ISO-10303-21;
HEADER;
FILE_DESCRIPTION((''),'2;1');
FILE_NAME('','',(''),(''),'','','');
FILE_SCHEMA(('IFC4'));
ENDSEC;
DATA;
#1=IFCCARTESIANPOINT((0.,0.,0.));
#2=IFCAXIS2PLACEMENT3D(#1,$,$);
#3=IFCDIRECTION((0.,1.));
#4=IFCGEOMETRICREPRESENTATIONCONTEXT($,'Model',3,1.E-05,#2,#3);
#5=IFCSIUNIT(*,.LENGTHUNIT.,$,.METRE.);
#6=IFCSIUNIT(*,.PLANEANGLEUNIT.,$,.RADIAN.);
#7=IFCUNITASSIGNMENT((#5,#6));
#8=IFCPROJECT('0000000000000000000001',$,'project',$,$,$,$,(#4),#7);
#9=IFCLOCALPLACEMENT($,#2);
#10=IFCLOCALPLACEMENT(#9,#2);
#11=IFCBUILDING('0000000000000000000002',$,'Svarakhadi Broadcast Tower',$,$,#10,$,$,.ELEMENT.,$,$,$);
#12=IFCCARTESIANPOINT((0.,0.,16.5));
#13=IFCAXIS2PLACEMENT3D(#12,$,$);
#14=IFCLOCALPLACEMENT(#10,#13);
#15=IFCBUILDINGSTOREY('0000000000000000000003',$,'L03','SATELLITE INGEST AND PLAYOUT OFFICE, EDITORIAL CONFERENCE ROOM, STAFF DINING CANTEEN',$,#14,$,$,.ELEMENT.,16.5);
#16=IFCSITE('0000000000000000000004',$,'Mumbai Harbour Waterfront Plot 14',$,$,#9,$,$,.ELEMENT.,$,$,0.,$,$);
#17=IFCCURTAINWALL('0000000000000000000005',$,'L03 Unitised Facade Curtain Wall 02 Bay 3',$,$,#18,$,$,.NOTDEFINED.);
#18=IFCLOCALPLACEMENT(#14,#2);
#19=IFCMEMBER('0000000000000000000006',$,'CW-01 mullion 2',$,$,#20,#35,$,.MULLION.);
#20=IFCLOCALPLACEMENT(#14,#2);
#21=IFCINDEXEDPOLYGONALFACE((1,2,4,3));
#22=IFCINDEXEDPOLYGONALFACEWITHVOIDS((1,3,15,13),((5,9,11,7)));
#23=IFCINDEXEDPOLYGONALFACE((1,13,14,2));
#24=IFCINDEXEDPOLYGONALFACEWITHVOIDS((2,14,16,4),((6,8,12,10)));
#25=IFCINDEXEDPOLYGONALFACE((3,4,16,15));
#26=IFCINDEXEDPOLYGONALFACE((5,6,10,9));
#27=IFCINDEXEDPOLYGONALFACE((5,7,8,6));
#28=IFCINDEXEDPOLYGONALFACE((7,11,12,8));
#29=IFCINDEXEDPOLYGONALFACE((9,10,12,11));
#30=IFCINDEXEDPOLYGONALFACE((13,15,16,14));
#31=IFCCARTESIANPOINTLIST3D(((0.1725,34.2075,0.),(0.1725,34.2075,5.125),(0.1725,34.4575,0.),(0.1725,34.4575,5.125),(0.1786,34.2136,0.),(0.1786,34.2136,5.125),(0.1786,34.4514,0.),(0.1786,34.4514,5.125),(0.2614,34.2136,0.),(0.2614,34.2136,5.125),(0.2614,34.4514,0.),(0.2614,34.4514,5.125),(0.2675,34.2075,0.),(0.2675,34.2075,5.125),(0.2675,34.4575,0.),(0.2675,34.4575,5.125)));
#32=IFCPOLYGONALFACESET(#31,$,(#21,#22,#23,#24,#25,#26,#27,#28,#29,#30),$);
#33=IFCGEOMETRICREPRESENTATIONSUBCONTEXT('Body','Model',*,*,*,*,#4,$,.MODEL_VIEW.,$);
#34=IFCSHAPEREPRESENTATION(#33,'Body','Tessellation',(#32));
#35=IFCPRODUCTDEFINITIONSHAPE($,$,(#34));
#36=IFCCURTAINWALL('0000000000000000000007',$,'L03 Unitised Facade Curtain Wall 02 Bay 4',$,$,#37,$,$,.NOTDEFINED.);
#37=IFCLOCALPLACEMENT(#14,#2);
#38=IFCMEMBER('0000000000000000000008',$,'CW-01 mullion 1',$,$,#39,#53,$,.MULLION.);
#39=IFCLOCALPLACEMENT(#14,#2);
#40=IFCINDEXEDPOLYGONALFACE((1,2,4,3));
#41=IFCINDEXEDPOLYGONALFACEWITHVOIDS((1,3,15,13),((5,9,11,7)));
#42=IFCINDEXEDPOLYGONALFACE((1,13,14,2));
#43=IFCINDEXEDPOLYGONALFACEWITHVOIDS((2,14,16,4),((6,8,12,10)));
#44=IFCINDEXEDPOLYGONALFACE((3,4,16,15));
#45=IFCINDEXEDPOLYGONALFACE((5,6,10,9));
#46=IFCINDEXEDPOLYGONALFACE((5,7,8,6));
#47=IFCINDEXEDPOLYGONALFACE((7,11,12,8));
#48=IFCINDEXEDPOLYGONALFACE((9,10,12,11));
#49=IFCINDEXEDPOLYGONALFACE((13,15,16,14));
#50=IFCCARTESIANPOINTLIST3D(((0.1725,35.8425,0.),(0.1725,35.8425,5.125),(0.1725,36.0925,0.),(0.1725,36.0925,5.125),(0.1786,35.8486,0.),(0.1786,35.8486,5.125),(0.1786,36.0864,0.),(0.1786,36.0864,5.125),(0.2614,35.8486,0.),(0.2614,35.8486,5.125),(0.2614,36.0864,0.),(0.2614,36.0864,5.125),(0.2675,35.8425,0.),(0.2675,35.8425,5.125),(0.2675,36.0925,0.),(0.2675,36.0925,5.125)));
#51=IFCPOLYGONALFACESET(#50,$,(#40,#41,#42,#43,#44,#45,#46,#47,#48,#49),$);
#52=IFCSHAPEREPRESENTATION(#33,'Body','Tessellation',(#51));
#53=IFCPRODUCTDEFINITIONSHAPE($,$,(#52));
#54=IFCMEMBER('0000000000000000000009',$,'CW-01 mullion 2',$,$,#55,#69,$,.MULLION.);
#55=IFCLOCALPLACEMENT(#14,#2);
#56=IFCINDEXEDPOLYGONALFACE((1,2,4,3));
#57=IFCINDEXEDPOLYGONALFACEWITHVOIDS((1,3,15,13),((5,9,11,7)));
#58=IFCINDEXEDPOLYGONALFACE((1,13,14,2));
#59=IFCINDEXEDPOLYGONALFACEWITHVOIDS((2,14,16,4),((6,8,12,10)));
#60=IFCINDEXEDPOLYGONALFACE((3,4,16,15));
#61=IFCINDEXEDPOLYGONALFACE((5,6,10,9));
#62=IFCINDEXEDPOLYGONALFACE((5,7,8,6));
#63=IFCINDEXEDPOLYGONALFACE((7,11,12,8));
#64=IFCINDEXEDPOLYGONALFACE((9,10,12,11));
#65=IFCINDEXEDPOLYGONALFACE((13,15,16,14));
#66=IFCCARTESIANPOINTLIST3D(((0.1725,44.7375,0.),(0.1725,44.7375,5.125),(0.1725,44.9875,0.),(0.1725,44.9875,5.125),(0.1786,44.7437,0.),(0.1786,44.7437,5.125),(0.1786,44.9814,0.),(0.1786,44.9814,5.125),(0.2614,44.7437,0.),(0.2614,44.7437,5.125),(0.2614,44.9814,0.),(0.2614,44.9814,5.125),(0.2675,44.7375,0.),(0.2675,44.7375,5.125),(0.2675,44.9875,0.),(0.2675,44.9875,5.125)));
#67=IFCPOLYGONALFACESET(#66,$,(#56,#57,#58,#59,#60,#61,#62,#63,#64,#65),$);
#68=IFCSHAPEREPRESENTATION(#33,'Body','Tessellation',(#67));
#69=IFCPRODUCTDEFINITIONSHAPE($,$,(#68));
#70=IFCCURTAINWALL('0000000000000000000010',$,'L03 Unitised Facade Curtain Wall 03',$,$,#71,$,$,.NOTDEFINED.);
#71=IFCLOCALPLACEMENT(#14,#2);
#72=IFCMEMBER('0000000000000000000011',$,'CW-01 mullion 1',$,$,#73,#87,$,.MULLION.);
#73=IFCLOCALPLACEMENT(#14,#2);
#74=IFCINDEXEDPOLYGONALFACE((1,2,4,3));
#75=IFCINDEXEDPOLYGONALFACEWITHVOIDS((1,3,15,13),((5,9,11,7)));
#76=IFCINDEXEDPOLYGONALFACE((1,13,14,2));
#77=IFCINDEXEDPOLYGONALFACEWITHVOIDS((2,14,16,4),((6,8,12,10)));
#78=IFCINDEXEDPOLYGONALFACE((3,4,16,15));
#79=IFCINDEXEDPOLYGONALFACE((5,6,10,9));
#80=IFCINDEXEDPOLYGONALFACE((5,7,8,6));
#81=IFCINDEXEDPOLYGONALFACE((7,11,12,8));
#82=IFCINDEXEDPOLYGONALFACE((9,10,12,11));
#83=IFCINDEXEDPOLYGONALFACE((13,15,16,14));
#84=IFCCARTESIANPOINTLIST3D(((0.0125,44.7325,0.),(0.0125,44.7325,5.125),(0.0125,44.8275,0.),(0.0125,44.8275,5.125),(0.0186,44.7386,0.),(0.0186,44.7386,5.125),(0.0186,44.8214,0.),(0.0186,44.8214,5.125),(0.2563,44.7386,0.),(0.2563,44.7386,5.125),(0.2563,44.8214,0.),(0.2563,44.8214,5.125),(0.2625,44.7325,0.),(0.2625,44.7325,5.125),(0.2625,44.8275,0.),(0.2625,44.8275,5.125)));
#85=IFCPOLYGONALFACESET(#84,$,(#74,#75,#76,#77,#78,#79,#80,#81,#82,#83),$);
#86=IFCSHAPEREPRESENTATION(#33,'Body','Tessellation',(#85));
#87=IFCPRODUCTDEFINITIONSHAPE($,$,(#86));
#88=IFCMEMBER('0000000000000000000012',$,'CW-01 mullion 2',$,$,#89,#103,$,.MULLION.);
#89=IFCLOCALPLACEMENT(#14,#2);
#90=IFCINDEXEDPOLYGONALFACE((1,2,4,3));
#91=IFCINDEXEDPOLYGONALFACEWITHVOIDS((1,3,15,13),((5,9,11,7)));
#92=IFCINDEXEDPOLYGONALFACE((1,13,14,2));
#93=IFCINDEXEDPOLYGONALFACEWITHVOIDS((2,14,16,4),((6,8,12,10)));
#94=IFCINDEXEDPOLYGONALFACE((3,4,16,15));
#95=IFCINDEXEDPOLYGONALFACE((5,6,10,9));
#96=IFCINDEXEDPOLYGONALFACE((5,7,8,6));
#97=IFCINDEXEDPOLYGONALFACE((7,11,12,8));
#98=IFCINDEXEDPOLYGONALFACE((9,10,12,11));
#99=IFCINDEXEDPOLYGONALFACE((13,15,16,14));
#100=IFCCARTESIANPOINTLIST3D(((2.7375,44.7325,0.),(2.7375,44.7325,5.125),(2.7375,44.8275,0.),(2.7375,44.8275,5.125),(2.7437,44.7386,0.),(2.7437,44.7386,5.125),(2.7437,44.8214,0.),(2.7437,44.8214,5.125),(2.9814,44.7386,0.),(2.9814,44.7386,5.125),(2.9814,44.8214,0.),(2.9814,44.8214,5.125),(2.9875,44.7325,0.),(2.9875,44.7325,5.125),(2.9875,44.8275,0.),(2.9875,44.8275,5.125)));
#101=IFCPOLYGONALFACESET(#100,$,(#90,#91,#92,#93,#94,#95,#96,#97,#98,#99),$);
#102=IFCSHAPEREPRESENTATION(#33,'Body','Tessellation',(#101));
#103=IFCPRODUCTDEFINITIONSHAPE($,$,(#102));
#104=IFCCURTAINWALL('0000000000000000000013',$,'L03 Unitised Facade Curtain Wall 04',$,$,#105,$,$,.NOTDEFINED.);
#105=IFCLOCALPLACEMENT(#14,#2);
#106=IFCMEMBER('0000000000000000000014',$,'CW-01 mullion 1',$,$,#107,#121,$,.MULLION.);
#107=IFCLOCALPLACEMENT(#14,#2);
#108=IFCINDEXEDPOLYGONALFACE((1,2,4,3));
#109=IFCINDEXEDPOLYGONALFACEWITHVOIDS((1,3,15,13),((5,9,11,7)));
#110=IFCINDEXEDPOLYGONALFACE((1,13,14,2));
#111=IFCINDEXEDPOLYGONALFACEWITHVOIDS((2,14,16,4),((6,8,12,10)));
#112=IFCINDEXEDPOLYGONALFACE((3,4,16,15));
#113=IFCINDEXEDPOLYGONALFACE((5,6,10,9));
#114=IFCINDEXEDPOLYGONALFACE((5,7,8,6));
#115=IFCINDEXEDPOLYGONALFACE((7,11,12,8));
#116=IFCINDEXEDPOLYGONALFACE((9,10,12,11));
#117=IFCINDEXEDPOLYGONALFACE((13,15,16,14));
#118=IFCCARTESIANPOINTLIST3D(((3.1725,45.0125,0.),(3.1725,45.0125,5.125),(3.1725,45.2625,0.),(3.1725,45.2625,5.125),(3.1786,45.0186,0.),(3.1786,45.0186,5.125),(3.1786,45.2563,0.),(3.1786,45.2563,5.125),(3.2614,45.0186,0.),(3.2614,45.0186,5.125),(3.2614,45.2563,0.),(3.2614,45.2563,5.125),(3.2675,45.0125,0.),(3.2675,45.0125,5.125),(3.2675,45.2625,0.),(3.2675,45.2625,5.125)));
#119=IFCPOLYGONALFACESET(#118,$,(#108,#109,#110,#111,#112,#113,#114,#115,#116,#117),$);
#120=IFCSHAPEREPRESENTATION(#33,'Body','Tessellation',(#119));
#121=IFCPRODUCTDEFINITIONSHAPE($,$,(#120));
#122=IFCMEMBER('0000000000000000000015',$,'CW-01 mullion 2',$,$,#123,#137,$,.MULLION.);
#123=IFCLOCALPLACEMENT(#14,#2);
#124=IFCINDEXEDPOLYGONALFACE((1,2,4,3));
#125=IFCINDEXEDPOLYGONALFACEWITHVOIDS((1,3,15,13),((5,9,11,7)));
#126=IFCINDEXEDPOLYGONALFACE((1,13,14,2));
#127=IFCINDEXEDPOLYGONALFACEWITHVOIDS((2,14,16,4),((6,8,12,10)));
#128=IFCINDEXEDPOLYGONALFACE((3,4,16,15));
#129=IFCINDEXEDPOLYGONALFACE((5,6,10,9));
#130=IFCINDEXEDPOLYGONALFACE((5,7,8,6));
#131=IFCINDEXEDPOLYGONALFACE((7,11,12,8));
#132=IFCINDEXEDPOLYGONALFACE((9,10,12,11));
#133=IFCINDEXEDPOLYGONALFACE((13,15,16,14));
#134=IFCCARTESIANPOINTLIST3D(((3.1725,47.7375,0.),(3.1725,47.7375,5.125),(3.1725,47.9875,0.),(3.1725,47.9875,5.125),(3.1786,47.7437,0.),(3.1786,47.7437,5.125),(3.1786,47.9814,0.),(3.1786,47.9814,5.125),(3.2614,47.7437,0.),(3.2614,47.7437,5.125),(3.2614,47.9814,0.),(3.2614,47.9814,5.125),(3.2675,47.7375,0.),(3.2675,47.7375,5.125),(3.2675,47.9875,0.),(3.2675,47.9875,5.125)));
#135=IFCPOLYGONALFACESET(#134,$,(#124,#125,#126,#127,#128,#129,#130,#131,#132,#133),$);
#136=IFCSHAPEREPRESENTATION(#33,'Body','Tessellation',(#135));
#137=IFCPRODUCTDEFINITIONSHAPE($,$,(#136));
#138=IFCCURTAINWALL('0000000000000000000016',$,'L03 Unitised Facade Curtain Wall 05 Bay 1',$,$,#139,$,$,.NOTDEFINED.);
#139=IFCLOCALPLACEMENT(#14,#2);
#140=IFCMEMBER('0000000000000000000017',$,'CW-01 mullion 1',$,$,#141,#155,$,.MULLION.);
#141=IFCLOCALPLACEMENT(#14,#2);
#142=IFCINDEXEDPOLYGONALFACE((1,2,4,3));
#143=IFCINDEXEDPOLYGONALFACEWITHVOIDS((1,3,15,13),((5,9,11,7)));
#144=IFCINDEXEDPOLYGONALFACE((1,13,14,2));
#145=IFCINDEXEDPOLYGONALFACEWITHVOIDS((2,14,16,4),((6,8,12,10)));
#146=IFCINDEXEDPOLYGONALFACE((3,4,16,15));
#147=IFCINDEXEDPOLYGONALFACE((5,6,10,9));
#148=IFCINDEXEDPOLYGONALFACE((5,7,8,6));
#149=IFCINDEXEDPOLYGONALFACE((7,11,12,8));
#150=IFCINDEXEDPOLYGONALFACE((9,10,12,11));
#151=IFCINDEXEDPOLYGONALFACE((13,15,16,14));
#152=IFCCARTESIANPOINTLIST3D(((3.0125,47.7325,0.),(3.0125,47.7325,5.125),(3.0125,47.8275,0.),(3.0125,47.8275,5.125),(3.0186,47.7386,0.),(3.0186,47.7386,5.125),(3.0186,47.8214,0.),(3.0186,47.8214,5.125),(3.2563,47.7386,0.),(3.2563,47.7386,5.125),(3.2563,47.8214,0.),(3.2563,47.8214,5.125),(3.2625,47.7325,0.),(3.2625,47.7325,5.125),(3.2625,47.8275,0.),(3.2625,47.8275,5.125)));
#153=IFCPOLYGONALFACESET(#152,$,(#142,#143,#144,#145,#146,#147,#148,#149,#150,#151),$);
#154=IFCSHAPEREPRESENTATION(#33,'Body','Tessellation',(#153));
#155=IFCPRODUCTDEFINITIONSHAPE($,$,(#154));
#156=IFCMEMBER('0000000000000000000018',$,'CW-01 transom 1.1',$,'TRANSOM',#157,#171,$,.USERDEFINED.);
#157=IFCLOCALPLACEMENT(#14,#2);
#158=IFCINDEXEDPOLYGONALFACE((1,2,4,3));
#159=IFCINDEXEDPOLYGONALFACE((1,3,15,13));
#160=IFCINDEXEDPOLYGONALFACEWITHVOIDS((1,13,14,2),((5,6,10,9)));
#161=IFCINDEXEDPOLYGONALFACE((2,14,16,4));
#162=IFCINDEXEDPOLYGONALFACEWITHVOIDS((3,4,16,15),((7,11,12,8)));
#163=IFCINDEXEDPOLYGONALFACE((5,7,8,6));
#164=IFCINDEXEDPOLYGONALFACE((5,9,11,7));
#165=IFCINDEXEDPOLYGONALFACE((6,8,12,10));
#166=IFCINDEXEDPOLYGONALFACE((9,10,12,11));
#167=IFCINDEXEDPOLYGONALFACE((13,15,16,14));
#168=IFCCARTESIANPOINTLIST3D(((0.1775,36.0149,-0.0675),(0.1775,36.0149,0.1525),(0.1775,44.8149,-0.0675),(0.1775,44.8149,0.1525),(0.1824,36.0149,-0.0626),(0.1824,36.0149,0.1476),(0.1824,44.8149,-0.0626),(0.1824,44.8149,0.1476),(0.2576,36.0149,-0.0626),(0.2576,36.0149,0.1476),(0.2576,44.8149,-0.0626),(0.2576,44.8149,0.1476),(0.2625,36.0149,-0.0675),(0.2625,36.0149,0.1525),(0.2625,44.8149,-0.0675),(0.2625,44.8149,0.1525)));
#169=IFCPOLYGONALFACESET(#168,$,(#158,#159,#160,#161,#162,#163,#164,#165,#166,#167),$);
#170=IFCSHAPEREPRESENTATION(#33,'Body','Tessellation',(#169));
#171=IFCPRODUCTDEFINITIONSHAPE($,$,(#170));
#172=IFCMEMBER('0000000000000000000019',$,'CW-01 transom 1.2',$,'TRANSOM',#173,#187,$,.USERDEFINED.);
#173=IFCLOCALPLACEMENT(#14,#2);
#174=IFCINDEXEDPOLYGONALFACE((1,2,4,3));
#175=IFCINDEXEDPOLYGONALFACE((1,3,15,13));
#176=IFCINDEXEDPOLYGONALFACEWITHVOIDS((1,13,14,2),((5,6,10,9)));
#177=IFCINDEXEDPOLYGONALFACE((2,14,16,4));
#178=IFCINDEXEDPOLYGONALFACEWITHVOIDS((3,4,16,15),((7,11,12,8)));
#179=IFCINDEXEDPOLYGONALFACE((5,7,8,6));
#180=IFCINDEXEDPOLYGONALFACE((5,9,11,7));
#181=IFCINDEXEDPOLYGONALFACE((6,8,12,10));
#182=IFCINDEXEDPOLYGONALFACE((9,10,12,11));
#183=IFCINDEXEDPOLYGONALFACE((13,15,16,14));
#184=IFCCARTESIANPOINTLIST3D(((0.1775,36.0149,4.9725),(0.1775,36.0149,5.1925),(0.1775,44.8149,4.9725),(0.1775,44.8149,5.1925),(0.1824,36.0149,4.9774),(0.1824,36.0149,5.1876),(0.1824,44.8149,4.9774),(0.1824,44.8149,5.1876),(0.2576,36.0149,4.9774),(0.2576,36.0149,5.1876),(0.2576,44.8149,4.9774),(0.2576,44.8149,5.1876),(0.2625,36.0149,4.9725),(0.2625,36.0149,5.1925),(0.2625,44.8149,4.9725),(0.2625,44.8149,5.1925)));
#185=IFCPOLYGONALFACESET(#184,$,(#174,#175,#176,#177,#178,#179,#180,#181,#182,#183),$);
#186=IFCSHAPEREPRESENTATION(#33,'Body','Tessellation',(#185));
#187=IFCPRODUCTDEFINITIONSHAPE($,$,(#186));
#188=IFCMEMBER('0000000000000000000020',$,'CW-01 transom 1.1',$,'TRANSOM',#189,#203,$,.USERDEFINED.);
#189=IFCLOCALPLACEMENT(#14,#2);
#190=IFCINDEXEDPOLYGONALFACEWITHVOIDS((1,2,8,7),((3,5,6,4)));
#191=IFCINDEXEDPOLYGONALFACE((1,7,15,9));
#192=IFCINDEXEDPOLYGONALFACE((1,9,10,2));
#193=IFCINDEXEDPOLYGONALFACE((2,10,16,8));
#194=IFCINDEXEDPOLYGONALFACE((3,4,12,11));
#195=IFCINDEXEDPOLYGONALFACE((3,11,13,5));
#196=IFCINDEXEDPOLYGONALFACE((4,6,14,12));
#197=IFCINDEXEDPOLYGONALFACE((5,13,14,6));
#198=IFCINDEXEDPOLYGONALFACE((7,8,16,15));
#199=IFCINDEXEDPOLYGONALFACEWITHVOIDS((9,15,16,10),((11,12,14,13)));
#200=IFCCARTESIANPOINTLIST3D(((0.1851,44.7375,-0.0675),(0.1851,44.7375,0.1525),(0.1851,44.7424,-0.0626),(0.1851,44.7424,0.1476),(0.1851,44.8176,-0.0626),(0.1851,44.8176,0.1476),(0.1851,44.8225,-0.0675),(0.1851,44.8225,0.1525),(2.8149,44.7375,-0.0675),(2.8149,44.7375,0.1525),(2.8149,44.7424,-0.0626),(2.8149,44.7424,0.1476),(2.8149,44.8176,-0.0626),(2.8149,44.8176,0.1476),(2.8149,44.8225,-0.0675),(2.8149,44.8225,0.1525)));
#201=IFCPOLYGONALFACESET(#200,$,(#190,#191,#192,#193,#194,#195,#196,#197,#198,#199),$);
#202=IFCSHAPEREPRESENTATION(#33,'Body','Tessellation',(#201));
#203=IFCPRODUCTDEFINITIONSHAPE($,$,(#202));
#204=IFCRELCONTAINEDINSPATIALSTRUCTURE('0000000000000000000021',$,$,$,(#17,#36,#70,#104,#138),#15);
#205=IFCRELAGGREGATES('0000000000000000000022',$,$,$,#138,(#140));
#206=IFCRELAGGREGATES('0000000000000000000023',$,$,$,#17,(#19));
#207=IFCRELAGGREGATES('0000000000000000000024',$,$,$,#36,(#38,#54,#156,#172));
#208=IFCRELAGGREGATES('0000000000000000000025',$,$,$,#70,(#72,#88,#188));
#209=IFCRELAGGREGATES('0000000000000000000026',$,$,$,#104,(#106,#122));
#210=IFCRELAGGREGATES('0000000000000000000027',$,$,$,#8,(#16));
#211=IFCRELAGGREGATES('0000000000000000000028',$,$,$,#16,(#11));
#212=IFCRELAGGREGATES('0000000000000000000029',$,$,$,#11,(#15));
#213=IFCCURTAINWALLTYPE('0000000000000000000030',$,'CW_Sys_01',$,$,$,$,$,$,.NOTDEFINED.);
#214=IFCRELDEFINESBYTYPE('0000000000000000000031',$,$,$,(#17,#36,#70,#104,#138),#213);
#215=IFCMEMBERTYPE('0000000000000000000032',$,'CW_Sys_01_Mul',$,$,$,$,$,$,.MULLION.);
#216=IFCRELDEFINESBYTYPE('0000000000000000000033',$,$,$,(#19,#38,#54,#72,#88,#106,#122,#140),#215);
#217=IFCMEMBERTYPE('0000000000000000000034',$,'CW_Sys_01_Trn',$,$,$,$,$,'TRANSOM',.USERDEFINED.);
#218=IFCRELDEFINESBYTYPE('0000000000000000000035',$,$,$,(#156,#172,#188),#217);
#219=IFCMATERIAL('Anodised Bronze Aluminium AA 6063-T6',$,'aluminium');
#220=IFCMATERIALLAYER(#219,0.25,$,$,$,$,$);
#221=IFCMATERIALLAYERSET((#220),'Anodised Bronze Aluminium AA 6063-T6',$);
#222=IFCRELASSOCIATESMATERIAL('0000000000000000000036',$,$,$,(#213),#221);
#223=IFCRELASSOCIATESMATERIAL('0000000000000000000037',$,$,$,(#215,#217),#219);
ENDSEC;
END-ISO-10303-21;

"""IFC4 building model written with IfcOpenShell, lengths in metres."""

from ifc_helpers import new_model, si_unit, direction, frame, origin, origin_2d, place, context, subcontext, project, spatial, hollow_rectangle, extrude, material, layer, layer_set, material_profile, profile_set, type_object, element, aggregate, save


model = new_model("IFC4")

# Units and contexts
model_context = context("Model", 3, precision=1e-05, world=origin(), true_north=direction((0.0, 1.0)))
body_context = subcontext(model_context, "Body", "Model", "MODEL_VIEW")
ifc_project = project(units=[si_unit("LENGTHUNIT", "METRE"), si_unit("PLANEANGLEUNIT", "RADIAN")], contexts=[model_context])

# Site, building, storey
site_placement = place(None, origin())
site = spatial("IfcSite", under=ifc_project, at=site_placement, Name="Mumbai Harbour Waterfront Plot 14", CompositionType="ELEMENT", RefElevation=0.0)
building_placement = place(site_placement, origin())
building = spatial("IfcBuilding", under=site, at=building_placement, Name="Svarakhadi Broadcast Tower", CompositionType="ELEMENT")
storey_placement = place(building_placement, frame((0.0, 0.0, 16.5)))
storey = spatial("IfcBuildingStorey", under=building, at=storey_placement, Name="L03", Description="SATELLITE INGEST AND PLAYOUT OFFICE, EDITORIAL CONFERENCE ROOM, STAFF DINING CANTEEN", CompositionType="ELEMENT", Elevation=16.5)

# Curtain wall, member
ifc_material_1 = material(Name="Anodised Bronze Aluminium AA 6063-T6", Category="aluminium")
ifc_layer_1 = layer(ifc_material_1, 0.25)
ifc_layer_set_1 = layer_set([ifc_layer_1], Name="Anodised Bronze Aluminium AA 6063-T6")
curtain_wall_type = type_object("IfcCurtainWallType", Name="CW_Sys_01", PredefinedType="NOTDEFINED", material=ifc_layer_set_1)
curtain_wall_1_placement = place(storey_placement, origin())
curtain_wall_1 = element("IfcCurtainWall", 1, at=curtain_wall_1_placement, inside=storey, type_object=curtain_wall_type, Name="L03 Unitised Facade Curtain Wall 02 Bay 3", PredefinedType="NOTDEFINED")
ifc_material_profile_1 = material_profile(ifc_material_1, hollow_rectangle(XDim=0.095, YDim=0.25, WallThickness=0.0061, at=origin_2d()), Name="ALU MULLION 250x95x6")
ifc_profile_set_1 = profile_set([ifc_material_profile_1], Name="Anodised Bronze Aluminium AA 6063-T6")
member_type_1 = type_object("IfcMemberType", Name="CW_Sys_01_Mul", PredefinedType="MULLION", material=ifc_profile_set_1)
member_1_placement = place(storey_placement, frame((0.22, 34.3325, 0.0), z_axis=(0.0, 0.0, 1.0), x_axis=(-1.0, 0.0, 0.0)))
member_1 = element("IfcMember", 2, at=member_1_placement, type_object=member_type_1, Name="CW-01 mullion 2", PredefinedType="MULLION", context=body_context, shape_type="SweptSolid", body=[
    extrude(hollow_rectangle(XDim=0.095, YDim=0.25, WallThickness=0.0061, at=origin_2d()), origin(), (0.0, 0.0, 1.0), 5.125),
])

# Curtain walls, members
curtain_wall_2_placement = place(storey_placement, origin())
curtain_wall_2 = element("IfcCurtainWall", 3, at=curtain_wall_2_placement, inside=storey, type_object=curtain_wall_type, Name="L03 Unitised Facade Curtain Wall 02 Bay 4", PredefinedType="NOTDEFINED")
member_2_placement = place(storey_placement, frame((0.22, 35.9675, 0.0), z_axis=(0.0, 0.0, 1.0), x_axis=(-1.0, 0.0, 0.0)))
member_2 = element("IfcMember", 4, at=member_2_placement, type_object=member_type_1, Name="CW-01 mullion 1", PredefinedType="MULLION", context=body_context, shape_type="SweptSolid", body=[
    extrude(hollow_rectangle(XDim=0.095, YDim=0.25, WallThickness=0.0061, at=origin_2d()), origin(), (0.0, 0.0, 1.0), 5.125),
])
member_3_placement = place(storey_placement, frame((0.22, 44.8625, 0.0), z_axis=(0.0, 0.0, 1.0), x_axis=(-1.0, 0.0, 0.0)))
member_3 = element("IfcMember", 5, at=member_3_placement, type_object=member_type_1, Name="CW-01 mullion 2", PredefinedType="MULLION", context=body_context, shape_type="SweptSolid", body=[
    extrude(hollow_rectangle(XDim=0.095, YDim=0.25, WallThickness=0.0061, at=origin_2d()), origin(), (0.0, 0.0, 1.0), 5.125),
])
curtain_wall_3_placement = place(storey_placement, origin())
curtain_wall_3 = element("IfcCurtainWall", 6, at=curtain_wall_3_placement, inside=storey, type_object=curtain_wall_type, Name="L03 Unitised Facade Curtain Wall 03", PredefinedType="NOTDEFINED")
member_4_placement = place(storey_placement, frame((0.1375, 44.78, 0.0), z_axis=(0.0, 0.0, 1.0), x_axis=(0.0, 1.0, 0.0)))
member_4 = element("IfcMember", 7, at=member_4_placement, type_object=member_type_1, Name="CW-01 mullion 1", PredefinedType="MULLION", context=body_context, shape_type="SweptSolid", body=[
    extrude(hollow_rectangle(XDim=0.095, YDim=0.25, WallThickness=0.0061, at=origin_2d()), origin(), (0.0, 0.0, 1.0), 5.125),
])
member_5_placement = place(storey_placement, frame((2.8625, 44.78, 0.0), z_axis=(0.0, 0.0, 1.0), x_axis=(0.0, 1.0, 0.0)))
member_5 = element("IfcMember", 8, at=member_5_placement, type_object=member_type_1, Name="CW-01 mullion 2", PredefinedType="MULLION", context=body_context, shape_type="SweptSolid", body=[
    extrude(hollow_rectangle(XDim=0.095, YDim=0.25, WallThickness=0.0061, at=origin_2d()), origin(), (0.0, 0.0, 1.0), 5.125),
])
curtain_wall_4_placement = place(storey_placement, origin())
curtain_wall_4 = element("IfcCurtainWall", 9, at=curtain_wall_4_placement, inside=storey, type_object=curtain_wall_type, Name="L03 Unitised Facade Curtain Wall 04", PredefinedType="NOTDEFINED")
member_6_placement = place(storey_placement, frame((3.22, 45.1375, 0.0), z_axis=(0.0, 0.0, 1.0), x_axis=(-1.0, 0.0, 0.0)))
member_6 = element("IfcMember", 10, at=member_6_placement, type_object=member_type_1, Name="CW-01 mullion 1", PredefinedType="MULLION", context=body_context, shape_type="SweptSolid", body=[
    extrude(hollow_rectangle(XDim=0.095, YDim=0.25, WallThickness=0.0061, at=origin_2d()), origin(), (0.0, 0.0, 1.0), 5.125),
])
member_7_placement = place(storey_placement, frame((3.22, 47.8625, 0.0), z_axis=(0.0, 0.0, 1.0), x_axis=(-1.0, 0.0, 0.0)))
member_7 = element("IfcMember", 11, at=member_7_placement, type_object=member_type_1, Name="CW-01 mullion 2", PredefinedType="MULLION", context=body_context, shape_type="SweptSolid", body=[
    extrude(hollow_rectangle(XDim=0.095, YDim=0.25, WallThickness=0.0061, at=origin_2d()), origin(), (0.0, 0.0, 1.0), 5.125),
])

# Curtain wall, member
curtain_wall_5_placement = place(storey_placement, origin())
curtain_wall_5 = element("IfcCurtainWall", 12, at=curtain_wall_5_placement, inside=storey, type_object=curtain_wall_type, Name="L03 Unitised Facade Curtain Wall 05 Bay 1", PredefinedType="NOTDEFINED")
member_8_placement = place(storey_placement, frame((3.1375, 47.78, 0.0), z_axis=(0.0, 0.0, 1.0), x_axis=(0.0, 1.0, 0.0)))
member_8 = element("IfcMember", 13, at=member_8_placement, type_object=member_type_1, Name="CW-01 mullion 1", PredefinedType="MULLION", context=body_context, shape_type="SweptSolid", body=[
    extrude(hollow_rectangle(XDim=0.095, YDim=0.25, WallThickness=0.0061, at=origin_2d()), origin(), (0.0, 0.0, 1.0), 5.125),
])

# Members
ifc_material_profile_2 = material_profile(ifc_material_1, hollow_rectangle(XDim=0.085, YDim=0.22, WallThickness=0.0049, at=origin_2d()), Name="ALU TRANSOM 220x85x5")
ifc_profile_set_2 = profile_set([ifc_material_profile_2], Name="Anodised Bronze Aluminium AA 6063-T6")
member_type_2 = type_object("IfcMemberType", Name="CW_Sys_01_Trn", ElementType="TRANSOM", PredefinedType="USERDEFINED", material=ifc_profile_set_2)
member_9_placement = place(storey_placement, frame((0.22, 36.0149, 0.0425), z_axis=(0.0, 1.0, 0.0), x_axis=(-1.0, 0.0, 0.0)))
member_9 = element("IfcMember", 14, at=member_9_placement, type_object=member_type_2, Name="CW-01 transom 1.1", ObjectType="TRANSOM", PredefinedType="USERDEFINED", context=body_context, shape_type="SweptSolid", body=[
    extrude(hollow_rectangle(XDim=0.085, YDim=0.22, WallThickness=0.0049, at=origin_2d()), origin(), (0.0, 0.0, 1.0), 8.8),
])
member_10_placement = place(storey_placement, frame((0.22, 36.0149, 5.0825), z_axis=(0.0, 1.0, 0.0), x_axis=(-1.0, 0.0, 0.0)))
member_10 = element("IfcMember", 15, at=member_10_placement, type_object=member_type_2, Name="CW-01 transom 1.2", ObjectType="TRANSOM", PredefinedType="USERDEFINED", context=body_context, shape_type="SweptSolid", body=[
    extrude(hollow_rectangle(XDim=0.085, YDim=0.22, WallThickness=0.0049, at=origin_2d()), origin(), (0.0, 0.0, 1.0), 8.8),
])
member_11_placement = place(storey_placement, frame((0.1851, 44.78, 0.0425), z_axis=(1.0, 0.0, 0.0), x_axis=(0.0, 1.0, 0.0)))
member_11 = element("IfcMember", 16, at=member_11_placement, type_object=member_type_2, Name="CW-01 transom 1.1", ObjectType="TRANSOM", PredefinedType="USERDEFINED", context=body_context, shape_type="SweptSolid", body=[
    extrude(hollow_rectangle(XDim=0.085, YDim=0.22, WallThickness=0.0049, at=origin_2d()), origin(), (0.0, 0.0, 1.0), 2.6299),
])
aggregate(curtain_wall_5, [member_8])

aggregate(curtain_wall_1, [member_1])
aggregate(curtain_wall_2, [member_2, member_3, member_9, member_10])
aggregate(curtain_wall_3, [member_4, member_5, member_11])
aggregate(curtain_wall_4, [member_6, member_7])

save(model, "model.ifc")
